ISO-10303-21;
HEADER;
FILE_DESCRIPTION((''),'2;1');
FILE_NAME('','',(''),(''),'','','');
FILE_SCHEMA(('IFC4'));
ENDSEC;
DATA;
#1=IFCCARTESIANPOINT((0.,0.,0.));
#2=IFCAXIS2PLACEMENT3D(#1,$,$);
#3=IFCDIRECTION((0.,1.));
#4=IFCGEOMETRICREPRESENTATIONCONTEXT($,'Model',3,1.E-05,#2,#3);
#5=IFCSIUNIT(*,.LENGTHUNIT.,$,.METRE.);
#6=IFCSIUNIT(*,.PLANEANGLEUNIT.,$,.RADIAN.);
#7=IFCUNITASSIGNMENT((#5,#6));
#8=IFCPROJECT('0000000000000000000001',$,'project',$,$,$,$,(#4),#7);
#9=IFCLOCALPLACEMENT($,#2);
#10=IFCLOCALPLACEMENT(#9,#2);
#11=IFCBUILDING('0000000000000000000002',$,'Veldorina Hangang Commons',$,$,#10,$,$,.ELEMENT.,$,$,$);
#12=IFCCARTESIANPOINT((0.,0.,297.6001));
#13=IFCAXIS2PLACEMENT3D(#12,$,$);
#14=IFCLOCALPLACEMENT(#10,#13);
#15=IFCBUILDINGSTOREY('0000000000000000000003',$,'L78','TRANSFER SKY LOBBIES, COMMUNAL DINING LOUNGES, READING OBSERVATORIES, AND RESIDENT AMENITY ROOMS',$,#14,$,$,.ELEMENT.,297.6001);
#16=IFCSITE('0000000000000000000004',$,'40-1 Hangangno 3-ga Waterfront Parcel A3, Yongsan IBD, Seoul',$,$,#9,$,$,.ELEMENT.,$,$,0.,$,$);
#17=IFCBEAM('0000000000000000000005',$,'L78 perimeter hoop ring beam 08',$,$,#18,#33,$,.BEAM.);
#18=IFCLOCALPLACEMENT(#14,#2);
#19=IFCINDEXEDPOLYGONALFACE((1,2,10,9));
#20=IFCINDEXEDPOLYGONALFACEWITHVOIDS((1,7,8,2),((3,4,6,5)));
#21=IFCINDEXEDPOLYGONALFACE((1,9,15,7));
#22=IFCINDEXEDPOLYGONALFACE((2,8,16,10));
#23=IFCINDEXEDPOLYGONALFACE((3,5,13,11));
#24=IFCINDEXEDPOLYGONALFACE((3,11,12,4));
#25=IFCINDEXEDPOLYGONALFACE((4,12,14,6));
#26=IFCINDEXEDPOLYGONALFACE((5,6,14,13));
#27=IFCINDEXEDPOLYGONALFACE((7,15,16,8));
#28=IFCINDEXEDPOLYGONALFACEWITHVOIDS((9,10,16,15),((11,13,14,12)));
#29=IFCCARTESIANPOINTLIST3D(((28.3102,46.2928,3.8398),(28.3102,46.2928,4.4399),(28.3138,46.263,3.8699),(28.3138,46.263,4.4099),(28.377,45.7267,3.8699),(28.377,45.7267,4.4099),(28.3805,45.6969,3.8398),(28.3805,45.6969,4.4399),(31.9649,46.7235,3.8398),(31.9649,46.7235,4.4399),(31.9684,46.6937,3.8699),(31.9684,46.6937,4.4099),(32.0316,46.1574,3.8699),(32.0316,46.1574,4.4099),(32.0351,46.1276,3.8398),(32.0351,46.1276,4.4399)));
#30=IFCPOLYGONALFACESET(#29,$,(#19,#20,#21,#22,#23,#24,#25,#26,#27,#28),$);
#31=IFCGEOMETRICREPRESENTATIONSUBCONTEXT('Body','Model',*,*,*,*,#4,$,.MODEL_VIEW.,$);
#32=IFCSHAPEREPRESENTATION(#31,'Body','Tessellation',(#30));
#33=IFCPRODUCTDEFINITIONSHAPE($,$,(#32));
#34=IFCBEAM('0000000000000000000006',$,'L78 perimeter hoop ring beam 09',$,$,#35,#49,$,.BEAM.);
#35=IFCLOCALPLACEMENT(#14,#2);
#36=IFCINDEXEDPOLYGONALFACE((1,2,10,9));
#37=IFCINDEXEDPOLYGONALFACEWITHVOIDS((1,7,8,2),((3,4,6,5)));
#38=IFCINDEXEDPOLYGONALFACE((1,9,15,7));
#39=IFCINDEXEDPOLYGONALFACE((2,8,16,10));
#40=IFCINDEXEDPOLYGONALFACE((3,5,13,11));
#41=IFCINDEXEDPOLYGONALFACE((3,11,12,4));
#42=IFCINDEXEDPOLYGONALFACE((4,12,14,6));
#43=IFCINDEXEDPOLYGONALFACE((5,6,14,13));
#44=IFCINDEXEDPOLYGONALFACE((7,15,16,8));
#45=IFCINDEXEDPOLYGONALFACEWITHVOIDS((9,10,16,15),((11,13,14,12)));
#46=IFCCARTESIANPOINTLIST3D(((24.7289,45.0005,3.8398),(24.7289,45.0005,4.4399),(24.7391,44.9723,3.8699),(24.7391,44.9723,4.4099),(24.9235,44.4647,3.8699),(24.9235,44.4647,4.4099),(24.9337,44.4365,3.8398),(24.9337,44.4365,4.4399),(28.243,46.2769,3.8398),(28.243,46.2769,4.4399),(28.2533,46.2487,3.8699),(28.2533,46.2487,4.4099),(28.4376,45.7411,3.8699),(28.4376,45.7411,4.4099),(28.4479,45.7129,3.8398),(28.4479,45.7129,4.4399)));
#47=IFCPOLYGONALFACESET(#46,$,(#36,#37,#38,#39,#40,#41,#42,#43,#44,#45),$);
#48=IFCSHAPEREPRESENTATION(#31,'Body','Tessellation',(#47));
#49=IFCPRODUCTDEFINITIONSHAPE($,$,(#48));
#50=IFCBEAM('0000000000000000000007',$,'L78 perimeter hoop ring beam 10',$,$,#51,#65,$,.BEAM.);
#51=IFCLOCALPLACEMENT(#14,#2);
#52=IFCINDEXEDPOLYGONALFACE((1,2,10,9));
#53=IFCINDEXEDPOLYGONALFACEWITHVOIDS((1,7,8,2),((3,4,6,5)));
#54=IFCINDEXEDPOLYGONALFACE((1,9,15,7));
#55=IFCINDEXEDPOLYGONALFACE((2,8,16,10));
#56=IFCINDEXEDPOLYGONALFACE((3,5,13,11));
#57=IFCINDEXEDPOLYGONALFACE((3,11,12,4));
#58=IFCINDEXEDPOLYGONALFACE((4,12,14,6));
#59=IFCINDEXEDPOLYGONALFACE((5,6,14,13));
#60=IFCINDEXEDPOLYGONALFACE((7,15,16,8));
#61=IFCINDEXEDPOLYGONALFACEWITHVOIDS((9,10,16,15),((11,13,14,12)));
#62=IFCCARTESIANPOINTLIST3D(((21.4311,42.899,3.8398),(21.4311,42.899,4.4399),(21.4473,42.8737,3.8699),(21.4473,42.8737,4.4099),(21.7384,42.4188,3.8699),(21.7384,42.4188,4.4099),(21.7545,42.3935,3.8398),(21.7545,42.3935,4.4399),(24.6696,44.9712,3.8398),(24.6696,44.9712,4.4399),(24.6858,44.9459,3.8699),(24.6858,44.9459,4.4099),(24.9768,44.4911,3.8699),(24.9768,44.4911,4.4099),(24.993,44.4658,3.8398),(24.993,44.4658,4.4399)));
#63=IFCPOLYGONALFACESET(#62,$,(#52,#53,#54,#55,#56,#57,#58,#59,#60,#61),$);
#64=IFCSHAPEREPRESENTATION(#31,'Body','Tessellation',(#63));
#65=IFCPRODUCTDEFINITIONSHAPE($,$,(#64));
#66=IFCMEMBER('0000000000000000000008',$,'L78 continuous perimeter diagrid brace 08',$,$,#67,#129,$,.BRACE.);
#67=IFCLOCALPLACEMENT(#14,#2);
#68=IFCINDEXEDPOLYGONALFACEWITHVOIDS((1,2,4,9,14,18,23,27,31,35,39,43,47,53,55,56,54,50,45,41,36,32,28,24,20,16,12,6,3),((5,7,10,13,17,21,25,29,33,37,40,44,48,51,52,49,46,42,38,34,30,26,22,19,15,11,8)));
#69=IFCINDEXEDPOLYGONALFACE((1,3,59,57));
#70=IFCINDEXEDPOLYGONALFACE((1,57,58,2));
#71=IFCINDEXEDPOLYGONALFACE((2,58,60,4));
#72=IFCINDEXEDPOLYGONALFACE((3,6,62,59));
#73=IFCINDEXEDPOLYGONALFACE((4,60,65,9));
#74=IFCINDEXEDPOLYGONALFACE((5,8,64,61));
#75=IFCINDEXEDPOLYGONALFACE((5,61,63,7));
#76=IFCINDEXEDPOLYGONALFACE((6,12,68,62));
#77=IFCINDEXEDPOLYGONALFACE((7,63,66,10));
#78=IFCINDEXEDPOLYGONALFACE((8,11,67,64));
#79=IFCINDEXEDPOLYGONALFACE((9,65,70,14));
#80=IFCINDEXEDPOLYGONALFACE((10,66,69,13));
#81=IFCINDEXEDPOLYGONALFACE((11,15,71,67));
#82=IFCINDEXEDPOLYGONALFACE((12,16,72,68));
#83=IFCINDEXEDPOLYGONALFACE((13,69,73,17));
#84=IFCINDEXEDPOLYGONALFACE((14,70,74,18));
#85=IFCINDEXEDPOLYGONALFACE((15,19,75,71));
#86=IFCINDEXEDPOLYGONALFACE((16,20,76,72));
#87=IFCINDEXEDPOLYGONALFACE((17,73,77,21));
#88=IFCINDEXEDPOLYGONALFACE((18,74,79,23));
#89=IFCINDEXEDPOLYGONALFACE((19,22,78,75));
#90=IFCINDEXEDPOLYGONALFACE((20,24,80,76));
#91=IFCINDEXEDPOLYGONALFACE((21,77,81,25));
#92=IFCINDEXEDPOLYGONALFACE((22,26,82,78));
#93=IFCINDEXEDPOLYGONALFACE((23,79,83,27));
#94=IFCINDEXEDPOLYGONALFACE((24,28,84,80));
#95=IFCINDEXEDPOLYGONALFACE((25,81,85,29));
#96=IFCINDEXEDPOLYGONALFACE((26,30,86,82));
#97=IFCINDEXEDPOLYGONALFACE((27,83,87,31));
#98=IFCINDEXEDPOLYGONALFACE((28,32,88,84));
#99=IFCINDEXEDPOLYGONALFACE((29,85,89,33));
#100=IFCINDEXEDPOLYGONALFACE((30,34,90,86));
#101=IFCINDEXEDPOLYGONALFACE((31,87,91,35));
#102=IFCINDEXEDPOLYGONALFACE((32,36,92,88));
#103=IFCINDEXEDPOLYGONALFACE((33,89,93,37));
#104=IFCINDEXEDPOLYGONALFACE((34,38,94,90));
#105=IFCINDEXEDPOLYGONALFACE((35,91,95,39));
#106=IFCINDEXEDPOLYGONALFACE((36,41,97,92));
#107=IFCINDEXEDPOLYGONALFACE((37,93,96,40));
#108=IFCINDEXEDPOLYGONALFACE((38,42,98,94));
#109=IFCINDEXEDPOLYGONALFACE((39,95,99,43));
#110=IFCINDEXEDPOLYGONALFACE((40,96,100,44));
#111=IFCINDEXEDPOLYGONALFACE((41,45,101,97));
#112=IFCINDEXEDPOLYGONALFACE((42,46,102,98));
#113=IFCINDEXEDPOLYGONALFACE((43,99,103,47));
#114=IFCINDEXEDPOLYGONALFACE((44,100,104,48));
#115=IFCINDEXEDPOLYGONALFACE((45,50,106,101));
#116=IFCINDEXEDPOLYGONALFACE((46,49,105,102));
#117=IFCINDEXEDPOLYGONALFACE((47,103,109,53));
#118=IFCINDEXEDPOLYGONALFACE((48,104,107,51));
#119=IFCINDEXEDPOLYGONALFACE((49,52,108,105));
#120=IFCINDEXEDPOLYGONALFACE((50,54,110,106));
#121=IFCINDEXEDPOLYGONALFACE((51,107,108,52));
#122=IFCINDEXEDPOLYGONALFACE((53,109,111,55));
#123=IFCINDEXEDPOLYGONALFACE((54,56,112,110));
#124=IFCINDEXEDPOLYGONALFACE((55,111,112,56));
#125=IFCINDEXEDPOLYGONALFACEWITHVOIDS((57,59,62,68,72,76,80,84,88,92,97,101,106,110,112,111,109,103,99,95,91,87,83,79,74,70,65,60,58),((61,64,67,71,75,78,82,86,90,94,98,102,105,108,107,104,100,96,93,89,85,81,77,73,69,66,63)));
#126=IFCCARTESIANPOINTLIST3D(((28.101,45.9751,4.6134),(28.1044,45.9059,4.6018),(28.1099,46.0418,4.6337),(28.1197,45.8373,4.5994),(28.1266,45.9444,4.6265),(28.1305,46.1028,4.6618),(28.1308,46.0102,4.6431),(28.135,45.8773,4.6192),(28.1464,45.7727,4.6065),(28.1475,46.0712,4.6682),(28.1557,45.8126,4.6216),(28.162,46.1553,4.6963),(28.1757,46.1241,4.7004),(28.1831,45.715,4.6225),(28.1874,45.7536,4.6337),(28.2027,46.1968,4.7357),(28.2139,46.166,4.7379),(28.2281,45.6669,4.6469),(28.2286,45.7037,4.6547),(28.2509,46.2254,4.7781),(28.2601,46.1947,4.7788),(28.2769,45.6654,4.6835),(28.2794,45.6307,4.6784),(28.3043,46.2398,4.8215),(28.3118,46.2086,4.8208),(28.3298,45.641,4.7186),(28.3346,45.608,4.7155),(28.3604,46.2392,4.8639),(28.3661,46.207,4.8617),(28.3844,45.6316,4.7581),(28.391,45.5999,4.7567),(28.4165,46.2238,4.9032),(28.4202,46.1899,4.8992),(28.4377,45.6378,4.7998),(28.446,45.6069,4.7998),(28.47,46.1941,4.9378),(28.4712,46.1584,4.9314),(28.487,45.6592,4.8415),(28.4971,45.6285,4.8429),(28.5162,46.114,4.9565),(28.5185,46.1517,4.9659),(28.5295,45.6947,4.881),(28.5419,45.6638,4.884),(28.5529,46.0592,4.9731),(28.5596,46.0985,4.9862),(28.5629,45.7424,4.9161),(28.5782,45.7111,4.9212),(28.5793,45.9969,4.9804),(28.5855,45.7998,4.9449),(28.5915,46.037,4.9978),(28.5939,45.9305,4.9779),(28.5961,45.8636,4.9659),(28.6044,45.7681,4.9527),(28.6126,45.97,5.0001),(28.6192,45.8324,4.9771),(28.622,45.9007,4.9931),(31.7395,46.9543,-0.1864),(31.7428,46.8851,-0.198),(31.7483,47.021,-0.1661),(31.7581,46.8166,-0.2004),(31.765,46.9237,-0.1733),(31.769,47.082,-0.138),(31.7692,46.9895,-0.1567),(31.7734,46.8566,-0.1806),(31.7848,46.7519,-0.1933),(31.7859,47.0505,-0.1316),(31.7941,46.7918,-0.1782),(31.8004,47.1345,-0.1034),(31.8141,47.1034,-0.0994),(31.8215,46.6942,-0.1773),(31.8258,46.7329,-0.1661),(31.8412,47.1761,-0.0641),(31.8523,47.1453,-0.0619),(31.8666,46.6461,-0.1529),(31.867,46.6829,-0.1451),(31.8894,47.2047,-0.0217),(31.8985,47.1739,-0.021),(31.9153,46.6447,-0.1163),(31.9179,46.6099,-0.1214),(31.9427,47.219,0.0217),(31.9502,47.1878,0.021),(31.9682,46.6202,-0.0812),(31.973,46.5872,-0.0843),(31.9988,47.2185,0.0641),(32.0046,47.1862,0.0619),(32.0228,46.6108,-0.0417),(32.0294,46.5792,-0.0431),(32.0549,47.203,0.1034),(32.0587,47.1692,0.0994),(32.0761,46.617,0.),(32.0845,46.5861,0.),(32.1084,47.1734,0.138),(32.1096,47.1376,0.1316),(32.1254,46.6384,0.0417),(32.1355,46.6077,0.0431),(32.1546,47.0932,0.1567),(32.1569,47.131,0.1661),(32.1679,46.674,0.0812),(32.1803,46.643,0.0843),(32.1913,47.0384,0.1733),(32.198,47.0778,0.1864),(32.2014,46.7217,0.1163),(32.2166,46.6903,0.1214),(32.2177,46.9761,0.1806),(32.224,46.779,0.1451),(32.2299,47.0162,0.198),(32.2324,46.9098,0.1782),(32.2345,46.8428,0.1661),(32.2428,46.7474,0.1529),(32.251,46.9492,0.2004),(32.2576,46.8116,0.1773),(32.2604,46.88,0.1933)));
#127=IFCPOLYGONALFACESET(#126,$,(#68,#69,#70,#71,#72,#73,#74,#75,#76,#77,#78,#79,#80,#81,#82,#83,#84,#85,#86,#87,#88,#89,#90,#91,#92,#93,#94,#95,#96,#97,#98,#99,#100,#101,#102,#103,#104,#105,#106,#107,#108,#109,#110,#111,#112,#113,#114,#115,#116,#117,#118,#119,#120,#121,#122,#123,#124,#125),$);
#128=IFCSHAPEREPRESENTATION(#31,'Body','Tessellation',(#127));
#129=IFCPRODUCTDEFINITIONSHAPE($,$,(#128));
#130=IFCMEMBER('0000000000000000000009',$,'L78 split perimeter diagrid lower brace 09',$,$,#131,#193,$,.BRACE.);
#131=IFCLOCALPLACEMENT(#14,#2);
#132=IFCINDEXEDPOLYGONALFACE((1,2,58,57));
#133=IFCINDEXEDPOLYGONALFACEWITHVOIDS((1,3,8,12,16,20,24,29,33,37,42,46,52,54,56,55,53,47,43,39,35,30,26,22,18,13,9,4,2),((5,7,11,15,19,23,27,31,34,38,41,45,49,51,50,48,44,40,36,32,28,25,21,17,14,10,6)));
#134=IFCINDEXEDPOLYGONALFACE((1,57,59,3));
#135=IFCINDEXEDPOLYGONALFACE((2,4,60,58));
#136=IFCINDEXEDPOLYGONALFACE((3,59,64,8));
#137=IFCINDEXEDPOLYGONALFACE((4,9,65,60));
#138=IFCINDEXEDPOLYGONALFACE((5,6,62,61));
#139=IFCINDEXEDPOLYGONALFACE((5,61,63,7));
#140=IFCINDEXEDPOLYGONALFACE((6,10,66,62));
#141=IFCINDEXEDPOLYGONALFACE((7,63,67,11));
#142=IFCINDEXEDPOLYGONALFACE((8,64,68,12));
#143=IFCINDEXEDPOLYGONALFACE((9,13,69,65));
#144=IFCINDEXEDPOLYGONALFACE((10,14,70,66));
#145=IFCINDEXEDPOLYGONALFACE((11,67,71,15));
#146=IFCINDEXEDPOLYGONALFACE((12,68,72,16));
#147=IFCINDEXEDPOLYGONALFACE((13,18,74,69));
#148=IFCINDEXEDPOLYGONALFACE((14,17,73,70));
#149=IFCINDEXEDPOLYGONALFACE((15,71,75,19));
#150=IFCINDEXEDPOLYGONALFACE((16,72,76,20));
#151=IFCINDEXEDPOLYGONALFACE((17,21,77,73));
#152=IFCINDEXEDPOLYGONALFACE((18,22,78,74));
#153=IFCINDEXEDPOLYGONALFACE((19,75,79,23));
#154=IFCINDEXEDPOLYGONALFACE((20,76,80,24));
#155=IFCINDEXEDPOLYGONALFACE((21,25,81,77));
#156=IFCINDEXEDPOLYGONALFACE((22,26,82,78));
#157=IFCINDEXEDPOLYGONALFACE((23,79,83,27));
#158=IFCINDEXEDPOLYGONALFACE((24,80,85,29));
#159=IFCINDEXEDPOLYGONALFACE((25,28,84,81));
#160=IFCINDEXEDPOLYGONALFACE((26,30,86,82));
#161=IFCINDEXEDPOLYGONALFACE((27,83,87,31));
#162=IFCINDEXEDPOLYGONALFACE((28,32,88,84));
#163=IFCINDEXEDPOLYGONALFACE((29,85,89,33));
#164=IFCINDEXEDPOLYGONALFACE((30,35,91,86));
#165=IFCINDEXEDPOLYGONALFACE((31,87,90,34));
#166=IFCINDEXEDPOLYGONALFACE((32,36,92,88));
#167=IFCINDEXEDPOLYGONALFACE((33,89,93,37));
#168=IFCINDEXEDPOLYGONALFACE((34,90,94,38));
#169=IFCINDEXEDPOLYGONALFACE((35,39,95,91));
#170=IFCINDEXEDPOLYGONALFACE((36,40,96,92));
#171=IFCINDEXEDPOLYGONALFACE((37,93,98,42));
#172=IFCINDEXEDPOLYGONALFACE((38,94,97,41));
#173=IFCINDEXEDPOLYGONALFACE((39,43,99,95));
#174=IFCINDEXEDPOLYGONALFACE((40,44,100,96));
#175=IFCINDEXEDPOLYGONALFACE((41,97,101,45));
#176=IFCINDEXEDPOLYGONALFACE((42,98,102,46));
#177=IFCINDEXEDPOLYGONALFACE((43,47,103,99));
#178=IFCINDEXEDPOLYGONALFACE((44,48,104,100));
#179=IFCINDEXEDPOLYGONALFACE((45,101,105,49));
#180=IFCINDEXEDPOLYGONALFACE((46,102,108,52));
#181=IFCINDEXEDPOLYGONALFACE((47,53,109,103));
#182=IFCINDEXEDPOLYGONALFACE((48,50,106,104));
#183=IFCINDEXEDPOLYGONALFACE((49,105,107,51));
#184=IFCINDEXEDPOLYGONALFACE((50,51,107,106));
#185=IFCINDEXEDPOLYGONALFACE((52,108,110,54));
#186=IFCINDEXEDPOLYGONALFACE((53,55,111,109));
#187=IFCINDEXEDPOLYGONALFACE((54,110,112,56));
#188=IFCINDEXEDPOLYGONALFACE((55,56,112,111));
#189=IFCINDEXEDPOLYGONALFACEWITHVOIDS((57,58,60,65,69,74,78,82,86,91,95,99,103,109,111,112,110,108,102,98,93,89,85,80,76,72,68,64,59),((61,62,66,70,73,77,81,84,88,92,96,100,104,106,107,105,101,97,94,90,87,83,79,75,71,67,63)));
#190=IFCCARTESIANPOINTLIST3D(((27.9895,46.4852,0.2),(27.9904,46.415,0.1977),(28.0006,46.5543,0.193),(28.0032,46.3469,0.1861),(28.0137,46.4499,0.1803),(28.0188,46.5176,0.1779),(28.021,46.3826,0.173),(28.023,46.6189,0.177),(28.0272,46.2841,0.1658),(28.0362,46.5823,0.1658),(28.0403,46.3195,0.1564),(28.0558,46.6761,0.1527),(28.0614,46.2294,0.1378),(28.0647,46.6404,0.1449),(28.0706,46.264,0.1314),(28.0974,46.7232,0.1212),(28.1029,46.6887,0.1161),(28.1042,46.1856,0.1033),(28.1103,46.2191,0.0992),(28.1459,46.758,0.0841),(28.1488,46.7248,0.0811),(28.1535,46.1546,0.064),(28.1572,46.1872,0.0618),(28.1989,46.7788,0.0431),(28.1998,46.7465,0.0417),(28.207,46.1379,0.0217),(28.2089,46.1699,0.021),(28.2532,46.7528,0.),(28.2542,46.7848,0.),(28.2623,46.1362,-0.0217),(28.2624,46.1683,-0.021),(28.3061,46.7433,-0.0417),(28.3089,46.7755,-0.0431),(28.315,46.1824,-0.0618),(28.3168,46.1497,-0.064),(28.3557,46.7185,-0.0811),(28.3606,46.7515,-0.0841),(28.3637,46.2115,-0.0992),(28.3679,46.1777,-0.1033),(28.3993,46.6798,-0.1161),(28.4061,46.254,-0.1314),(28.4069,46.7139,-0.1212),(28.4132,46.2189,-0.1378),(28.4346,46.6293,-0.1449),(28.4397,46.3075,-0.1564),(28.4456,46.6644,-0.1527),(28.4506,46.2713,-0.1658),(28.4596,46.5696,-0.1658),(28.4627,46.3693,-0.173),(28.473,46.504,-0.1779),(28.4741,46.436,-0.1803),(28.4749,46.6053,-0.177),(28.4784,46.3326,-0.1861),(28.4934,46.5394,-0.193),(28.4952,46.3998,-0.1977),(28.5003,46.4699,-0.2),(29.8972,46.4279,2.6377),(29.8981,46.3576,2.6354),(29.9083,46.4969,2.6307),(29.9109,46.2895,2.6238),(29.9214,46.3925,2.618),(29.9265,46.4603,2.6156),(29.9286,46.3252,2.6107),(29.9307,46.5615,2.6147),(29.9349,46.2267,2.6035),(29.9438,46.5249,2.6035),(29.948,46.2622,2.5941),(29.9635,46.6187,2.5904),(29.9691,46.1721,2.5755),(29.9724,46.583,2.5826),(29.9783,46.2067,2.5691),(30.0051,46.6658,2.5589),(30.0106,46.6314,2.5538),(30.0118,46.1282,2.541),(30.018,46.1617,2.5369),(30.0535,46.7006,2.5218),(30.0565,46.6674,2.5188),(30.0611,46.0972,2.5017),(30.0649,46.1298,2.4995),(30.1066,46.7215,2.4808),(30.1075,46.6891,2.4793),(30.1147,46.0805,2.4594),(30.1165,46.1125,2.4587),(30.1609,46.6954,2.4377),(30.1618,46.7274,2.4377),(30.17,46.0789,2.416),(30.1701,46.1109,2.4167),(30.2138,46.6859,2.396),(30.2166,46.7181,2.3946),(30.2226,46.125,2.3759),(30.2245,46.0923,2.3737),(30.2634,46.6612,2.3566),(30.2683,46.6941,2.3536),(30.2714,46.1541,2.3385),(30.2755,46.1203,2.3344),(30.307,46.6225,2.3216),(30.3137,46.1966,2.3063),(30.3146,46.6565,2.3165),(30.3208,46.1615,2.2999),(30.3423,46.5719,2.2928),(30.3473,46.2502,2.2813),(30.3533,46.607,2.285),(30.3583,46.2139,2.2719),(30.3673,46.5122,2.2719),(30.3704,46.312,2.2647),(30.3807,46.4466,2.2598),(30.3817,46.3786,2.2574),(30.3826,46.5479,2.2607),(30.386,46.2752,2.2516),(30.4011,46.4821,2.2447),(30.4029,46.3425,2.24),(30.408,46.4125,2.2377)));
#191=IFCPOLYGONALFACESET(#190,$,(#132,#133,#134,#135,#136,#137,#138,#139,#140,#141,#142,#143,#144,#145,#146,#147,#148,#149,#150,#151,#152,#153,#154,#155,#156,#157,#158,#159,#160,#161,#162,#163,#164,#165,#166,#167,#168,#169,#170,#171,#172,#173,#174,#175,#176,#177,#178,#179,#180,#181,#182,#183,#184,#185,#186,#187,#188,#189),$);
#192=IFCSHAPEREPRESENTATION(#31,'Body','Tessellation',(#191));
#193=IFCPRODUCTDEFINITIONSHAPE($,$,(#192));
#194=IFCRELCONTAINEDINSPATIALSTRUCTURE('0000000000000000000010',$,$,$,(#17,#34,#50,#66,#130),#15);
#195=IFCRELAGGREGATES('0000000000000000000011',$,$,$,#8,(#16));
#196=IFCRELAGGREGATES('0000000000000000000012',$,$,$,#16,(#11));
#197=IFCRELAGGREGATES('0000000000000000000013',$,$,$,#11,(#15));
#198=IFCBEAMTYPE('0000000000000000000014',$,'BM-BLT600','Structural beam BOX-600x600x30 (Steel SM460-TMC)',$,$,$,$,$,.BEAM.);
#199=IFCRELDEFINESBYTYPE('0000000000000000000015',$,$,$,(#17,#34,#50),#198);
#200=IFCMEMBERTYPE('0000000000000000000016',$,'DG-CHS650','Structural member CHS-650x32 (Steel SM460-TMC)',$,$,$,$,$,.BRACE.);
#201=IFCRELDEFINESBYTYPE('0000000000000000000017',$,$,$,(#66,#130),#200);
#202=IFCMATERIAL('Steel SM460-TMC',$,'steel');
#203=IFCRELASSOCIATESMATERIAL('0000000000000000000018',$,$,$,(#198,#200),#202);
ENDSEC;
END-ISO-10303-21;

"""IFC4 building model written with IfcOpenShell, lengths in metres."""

from ifc_helpers import new_model, si_unit, direction, frame, origin, origin_2d, place, context, subcontext, project, spatial, hollow_rectangle, hollow_circle, extrude, material, material_profile, profile_set, type_object, element, save


model = new_model("IFC4")

# Units and contexts
model_context = context("Model", 3, precision=1e-05, world=origin(), true_north=direction((0.0, 1.0)))
body_context = subcontext(model_context, "Body", "Model", "MODEL_VIEW")
ifc_project = project(units=[si_unit("LENGTHUNIT", "METRE"), si_unit("PLANEANGLEUNIT", "RADIAN")], contexts=[model_context])

# Site, building, storey
site_placement = place(None, origin())
site = spatial("IfcSite", under=ifc_project, at=site_placement, Name="40-1 Hangangno 3-ga Waterfront Parcel A3, Yongsan IBD, Seoul", CompositionType="ELEMENT", RefElevation=0.0)
building_placement = place(site_placement, origin())
building = spatial("IfcBuilding", under=site, at=building_placement, Name="Veldorina Hangang Commons", CompositionType="ELEMENT")
storey_placement = place(building_placement, frame((0.0, 0.0, 297.6001)))
storey = spatial("IfcBuildingStorey", under=building, at=storey_placement, Name="L78", Description="TRANSFER SKY LOBBIES, COMMUNAL DINING LOUNGES, READING OBSERVATORIES, AND RESIDENT AMENITY ROOMS", CompositionType="ELEMENT", Elevation=297.6001)

# Beams
ifc_material_1 = material(Name="Steel SM460-TMC", Category="steel")
ifc_material_profile_1 = material_profile(ifc_material_1, hollow_rectangle(XDim=0.6001, YDim=0.6001, WallThickness=0.03, at=origin_2d()), Name="BOX-600x600x30")
ifc_profile_set_1 = profile_set([ifc_material_profile_1], Name="Steel SM460-TMC")
beam_type = type_object("IfcBeamType", Name="BM-BLT600", Description="Structural beam BOX-600x600x30 (Steel SM460-TMC)", PredefinedType="BEAM", material=ifc_profile_set_1)
beam_1_placement = place(storey_placement, frame((32.0, 46.4255, 4.1399), z_axis=(-0.993128, -0.117034, 0.0), x_axis=(0.117034, -0.993128, 0.0)))
element("IfcBeam", 1, at=beam_1_placement, inside=storey, type_object=beam_type, Name="L78 perimeter hoop ring beam 08", PredefinedType="BEAM", context=body_context, shape_type="SweptSolid", body=[
    extrude(hollow_rectangle(XDim=0.6001, YDim=0.6001, WallThickness=0.03, at=origin_2d()), origin(), (0.0, 0.0, 1.0), 3.6799),
])
beam_2_placement = place(storey_placement, frame((28.3455, 45.9949, 4.1399), z_axis=(-0.939923, -0.341387, 0.0), x_axis=(0.341387, -0.939923, 0.0)))
element("IfcBeam", 2, at=beam_2_placement, inside=storey, type_object=beam_type, Name="L78 perimeter hoop ring beam 09", PredefinedType="BEAM", context=body_context, shape_type="SweptSolid", body=[
    extrude(hollow_rectangle(XDim=0.6001, YDim=0.6001, WallThickness=0.03, at=origin_2d()), origin(), (0.0, 0.0, 1.0), 3.7388),
])
beam_3_placement = place(storey_placement, frame((24.8313, 44.7185, 4.1399), z_axis=(-0.842318, -0.538982, 0.0), x_axis=(0.538982, -0.842318, 0.0)))
element("IfcBeam", 3, at=beam_3_placement, inside=storey, type_object=beam_type, Name="L78 perimeter hoop ring beam 10", PredefinedType="BEAM", context=body_context, shape_type="SweptSolid", body=[
    extrude(hollow_rectangle(XDim=0.6001, YDim=0.6001, WallThickness=0.03, at=origin_2d()), origin(), (0.0, 0.0, 1.0), 3.8447),
])

# Members
ifc_material_profile_2 = material_profile(ifc_material_1, hollow_circle(Radius=0.325, WallThickness=0.032, at=origin_2d()), Name="CHS-650x32")
ifc_profile_set_2 = profile_set([ifc_material_profile_2], Name="Steel SM460-TMC")
member_type_1 = type_object("IfcMemberType", Name="DG-CHS650", Description="Structural member CHS-650x32 (Steel SM460-TMC)", PredefinedType="BRACE", material=ifc_profile_set_2)
member_1_placement = place(storey_placement, frame((32.0, 46.8999, 0.0), z_axis=(-0.596262, -0.160478, 0.786587), x_axis=(0.259892, -0.965638, 0.0)))
element("IfcMember", 4, at=member_1_placement, inside=storey, type_object=member_type_1, Name="L78 continuous perimeter diagrid brace 08", PredefinedType="BRACE", context=body_context, shape_type="SweptSolid", body=[
    extrude(hollow_circle(Radius=0.325, WallThickness=0.032, at=origin_2d()), origin(), (0.0, 0.0, 1.0), 6.1021),
])
member_2_placement = place(storey_placement, frame((28.2444, 46.46, 0.0), z_axis=(0.616185, -0.018531, 0.787383), x_axis=(0.030061, 0.999548, 0.0)))
element("IfcMember", 5, at=member_2_placement, inside=storey, type_object=member_type_1, Name="L78 split perimeter diagrid lower brace 09", PredefinedType="BRACE", context=body_context, shape_type="SweptSolid", body=[
    extrude(hollow_circle(Radius=0.325, WallThickness=0.032, at=origin_2d()), origin(), (0.0, 0.0, 1.0), 3.0959),
])

save(model, "model.ifc")
